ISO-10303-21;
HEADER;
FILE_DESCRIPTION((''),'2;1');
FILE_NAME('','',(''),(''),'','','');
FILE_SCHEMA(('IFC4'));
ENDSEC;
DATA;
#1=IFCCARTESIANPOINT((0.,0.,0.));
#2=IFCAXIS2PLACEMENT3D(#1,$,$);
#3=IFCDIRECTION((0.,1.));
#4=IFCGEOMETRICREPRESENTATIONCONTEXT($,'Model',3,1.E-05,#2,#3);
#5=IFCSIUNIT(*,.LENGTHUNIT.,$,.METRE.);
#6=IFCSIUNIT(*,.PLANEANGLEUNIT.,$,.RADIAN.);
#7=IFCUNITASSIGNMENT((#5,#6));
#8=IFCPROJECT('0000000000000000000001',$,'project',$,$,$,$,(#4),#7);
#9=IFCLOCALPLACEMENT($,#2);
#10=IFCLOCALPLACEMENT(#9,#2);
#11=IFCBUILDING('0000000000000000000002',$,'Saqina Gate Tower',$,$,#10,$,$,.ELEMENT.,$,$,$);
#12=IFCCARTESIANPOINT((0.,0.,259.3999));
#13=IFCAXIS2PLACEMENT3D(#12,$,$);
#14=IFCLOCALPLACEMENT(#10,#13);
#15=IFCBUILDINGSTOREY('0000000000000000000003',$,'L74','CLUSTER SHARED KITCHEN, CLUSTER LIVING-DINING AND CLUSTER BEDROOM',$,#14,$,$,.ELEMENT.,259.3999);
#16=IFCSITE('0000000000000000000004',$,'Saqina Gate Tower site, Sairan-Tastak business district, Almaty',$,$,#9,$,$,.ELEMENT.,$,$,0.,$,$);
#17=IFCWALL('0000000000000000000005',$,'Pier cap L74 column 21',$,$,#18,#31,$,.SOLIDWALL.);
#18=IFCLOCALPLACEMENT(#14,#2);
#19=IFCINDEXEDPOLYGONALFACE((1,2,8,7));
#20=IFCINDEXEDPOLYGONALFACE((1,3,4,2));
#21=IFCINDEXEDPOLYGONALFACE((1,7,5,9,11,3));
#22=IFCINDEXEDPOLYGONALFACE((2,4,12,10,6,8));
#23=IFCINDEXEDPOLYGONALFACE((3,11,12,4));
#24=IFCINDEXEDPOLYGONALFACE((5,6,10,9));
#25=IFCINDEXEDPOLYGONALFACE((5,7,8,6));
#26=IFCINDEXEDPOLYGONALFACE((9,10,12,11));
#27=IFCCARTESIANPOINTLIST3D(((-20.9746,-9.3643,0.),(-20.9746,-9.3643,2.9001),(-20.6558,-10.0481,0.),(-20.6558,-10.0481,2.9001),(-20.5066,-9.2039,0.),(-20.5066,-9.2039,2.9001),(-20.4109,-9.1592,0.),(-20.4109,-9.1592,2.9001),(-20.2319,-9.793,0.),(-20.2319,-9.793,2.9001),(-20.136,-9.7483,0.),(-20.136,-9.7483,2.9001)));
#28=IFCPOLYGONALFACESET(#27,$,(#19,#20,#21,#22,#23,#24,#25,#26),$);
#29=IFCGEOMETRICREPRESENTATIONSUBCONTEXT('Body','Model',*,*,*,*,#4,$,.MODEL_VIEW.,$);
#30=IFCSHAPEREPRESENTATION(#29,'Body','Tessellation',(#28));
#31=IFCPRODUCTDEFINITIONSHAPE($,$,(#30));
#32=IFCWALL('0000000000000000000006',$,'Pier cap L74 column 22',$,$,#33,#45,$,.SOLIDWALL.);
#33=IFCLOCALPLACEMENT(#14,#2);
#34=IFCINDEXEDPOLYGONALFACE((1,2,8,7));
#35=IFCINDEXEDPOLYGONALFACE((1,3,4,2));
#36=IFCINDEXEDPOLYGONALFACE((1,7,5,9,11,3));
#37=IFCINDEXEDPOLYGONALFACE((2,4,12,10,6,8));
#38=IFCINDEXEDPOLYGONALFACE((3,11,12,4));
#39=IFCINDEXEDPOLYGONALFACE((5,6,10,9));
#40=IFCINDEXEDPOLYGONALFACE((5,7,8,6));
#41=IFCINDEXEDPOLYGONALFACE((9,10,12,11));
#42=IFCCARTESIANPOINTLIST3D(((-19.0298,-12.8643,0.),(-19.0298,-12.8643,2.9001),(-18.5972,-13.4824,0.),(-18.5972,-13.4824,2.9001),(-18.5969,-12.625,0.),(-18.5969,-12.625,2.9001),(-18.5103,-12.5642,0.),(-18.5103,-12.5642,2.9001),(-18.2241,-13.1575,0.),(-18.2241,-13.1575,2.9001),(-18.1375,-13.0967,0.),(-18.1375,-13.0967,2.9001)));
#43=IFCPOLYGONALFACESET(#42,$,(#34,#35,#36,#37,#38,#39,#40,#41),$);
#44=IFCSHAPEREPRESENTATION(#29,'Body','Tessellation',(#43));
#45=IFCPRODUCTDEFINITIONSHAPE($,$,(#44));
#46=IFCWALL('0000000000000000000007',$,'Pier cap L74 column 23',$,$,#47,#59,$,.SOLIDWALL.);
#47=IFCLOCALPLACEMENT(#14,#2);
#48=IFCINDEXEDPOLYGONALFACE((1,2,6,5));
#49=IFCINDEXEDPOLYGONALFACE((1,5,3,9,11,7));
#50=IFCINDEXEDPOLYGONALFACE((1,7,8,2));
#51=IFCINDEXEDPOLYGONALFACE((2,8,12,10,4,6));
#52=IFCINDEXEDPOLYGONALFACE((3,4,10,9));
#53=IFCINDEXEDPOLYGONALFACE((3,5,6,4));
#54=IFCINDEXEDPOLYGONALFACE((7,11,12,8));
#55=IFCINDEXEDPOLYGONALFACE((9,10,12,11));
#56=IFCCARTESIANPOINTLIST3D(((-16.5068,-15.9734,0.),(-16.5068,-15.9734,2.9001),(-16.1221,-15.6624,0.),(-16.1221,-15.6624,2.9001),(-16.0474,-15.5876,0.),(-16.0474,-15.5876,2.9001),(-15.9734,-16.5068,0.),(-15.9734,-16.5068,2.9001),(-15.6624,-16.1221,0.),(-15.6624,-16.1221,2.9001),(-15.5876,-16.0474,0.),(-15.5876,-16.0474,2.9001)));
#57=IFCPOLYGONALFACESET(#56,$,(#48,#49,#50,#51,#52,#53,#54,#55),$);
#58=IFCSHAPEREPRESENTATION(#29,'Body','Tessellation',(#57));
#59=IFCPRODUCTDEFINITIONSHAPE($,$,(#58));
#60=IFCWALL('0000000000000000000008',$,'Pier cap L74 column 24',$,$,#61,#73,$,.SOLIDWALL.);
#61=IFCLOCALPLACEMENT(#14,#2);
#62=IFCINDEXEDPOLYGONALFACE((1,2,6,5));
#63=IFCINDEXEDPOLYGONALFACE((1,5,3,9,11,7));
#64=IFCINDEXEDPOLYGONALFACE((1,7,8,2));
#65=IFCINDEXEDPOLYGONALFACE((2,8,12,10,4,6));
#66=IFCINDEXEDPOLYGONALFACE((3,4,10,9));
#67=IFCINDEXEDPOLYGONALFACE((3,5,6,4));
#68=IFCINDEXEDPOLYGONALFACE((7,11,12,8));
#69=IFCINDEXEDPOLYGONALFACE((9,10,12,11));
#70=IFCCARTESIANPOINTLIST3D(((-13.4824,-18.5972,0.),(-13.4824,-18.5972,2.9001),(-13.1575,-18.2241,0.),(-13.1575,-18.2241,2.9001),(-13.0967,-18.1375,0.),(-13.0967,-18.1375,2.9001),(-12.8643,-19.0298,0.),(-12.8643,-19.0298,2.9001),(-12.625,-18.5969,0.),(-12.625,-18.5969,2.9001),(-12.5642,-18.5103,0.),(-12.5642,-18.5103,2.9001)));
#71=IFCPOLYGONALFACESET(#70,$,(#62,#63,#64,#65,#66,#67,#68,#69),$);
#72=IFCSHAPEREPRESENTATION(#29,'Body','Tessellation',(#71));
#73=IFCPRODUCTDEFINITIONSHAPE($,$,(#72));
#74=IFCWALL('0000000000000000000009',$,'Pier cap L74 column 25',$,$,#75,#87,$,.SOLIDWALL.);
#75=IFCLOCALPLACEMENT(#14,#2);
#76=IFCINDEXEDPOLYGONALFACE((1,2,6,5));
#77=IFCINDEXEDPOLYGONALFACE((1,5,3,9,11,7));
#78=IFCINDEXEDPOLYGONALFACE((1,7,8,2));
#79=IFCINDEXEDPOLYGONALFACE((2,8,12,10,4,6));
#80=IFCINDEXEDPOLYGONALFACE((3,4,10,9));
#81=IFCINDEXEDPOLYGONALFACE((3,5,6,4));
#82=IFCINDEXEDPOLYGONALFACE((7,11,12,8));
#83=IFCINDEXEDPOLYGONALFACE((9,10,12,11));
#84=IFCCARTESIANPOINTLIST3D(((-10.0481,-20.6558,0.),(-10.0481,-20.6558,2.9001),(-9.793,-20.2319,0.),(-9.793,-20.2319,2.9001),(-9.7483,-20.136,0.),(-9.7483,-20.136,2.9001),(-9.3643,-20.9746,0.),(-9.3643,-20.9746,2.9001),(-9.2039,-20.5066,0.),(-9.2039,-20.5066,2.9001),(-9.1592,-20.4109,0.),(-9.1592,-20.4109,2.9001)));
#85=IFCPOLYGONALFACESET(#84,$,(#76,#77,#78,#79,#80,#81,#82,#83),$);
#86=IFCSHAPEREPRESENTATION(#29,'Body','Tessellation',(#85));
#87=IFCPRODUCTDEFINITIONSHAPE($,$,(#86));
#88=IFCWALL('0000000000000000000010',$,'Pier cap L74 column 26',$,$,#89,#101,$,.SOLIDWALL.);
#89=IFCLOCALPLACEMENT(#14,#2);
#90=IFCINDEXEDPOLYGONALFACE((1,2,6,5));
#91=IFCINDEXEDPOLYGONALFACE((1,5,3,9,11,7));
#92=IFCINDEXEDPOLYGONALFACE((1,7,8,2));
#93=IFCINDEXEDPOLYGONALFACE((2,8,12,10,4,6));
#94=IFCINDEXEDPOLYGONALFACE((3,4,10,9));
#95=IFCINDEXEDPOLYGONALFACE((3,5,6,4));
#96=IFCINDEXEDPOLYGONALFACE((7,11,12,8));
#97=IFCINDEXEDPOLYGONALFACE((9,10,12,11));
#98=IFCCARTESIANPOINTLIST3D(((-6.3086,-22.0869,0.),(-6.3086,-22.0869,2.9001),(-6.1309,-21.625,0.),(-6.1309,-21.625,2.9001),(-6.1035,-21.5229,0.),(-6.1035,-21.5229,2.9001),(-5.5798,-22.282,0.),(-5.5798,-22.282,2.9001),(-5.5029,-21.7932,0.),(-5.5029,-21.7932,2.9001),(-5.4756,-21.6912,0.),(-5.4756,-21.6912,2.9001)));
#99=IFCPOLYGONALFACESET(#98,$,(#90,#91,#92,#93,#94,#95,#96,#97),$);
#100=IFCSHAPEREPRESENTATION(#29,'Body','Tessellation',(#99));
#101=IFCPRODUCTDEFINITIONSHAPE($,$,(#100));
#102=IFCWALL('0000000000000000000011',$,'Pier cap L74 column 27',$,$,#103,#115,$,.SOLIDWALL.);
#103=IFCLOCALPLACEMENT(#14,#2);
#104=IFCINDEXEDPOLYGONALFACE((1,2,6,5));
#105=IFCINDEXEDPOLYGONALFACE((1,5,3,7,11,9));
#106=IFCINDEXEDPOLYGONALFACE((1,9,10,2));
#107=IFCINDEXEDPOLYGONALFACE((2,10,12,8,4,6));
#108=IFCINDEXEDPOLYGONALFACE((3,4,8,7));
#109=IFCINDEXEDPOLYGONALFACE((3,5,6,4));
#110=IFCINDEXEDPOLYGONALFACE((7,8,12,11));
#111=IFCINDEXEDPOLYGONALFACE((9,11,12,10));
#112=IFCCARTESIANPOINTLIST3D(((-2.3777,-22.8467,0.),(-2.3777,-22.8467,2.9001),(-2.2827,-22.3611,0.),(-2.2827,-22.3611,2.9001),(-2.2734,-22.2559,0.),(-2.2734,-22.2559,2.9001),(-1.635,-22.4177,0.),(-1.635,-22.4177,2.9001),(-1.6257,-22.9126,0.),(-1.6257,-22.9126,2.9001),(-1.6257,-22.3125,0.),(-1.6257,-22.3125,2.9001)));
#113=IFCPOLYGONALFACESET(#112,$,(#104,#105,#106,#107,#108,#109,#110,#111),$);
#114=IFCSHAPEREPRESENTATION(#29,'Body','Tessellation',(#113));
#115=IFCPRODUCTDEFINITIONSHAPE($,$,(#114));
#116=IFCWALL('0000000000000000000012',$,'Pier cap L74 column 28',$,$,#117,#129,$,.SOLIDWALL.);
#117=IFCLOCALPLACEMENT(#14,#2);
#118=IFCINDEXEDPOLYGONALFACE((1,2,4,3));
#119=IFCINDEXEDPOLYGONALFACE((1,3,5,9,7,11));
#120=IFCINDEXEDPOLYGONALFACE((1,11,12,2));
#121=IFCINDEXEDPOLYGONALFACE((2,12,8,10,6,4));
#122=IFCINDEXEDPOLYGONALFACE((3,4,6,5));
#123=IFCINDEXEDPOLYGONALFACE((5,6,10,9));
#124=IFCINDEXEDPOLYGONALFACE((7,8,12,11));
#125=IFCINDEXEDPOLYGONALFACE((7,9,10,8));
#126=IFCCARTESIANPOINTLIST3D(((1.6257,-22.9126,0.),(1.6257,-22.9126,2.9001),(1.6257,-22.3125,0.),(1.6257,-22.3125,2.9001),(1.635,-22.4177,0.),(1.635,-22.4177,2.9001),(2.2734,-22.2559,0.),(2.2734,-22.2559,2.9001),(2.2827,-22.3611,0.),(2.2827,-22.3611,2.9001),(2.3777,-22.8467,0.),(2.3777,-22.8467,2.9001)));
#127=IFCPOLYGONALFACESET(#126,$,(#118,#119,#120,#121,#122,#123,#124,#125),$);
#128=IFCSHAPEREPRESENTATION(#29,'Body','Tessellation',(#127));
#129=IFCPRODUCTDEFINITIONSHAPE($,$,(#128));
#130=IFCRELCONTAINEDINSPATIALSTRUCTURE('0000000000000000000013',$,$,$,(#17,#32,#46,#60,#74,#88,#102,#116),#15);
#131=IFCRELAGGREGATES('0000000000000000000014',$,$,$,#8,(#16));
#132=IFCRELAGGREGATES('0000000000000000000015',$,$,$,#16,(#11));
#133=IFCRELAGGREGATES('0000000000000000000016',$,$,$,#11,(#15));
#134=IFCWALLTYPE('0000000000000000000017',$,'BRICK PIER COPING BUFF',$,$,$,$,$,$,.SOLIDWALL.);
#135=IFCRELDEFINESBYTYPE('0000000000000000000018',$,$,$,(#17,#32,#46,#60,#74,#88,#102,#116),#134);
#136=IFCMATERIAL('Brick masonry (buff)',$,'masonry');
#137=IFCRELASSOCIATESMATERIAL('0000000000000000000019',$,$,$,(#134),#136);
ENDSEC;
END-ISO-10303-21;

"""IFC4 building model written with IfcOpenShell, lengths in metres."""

from ifc_helpers import new_model, si_unit, direction, frame, origin, place, context, subcontext, project, spatial, polyline, outline, extrude, material, type_object, element, save


model = new_model("IFC4")

# Units and contexts
model_context = context("Model", 3, precision=1e-05, world=origin(), true_north=direction((0.0, 1.0)))
body_context = subcontext(model_context, "Body", "Model", "MODEL_VIEW")
ifc_project = project(units=[si_unit("LENGTHUNIT", "METRE"), si_unit("PLANEANGLEUNIT", "RADIAN")], contexts=[model_context])

# Site, building, storey
site_placement = place(None, origin())
site = spatial("IfcSite", under=ifc_project, at=site_placement, Name="Saqina Gate Tower site, Sairan-Tastak business district, Almaty", CompositionType="ELEMENT", RefElevation=0.0)
building_placement = place(site_placement, origin())
building = spatial("IfcBuilding", under=site, at=building_placement, Name="Saqina Gate Tower", CompositionType="ELEMENT")
storey_placement = place(building_placement, frame((0.0, 0.0, 259.3999)))
storey = spatial("IfcBuildingStorey", under=building, at=storey_placement, Name="L74", Description="CLUSTER SHARED KITCHEN, CLUSTER LIVING-DINING AND CLUSTER BEDROOM", CompositionType="ELEMENT", Elevation=259.3999)

# Walls
ifc_material = material(Name="Brick masonry (buff)", Category="masonry")
wall_type = type_object("IfcWallType", Name="BRICK PIER COPING BUFF", PredefinedType="SOLIDWALL", material=ifc_material)
wall_1_placement = place(storey_placement, origin())
element("IfcWall", 1, at=wall_1_placement, inside=storey, type_object=wall_type, Name="Pier cap L74 column 21", PredefinedType="SOLIDWALL", context=body_context, shape_type="SweptSolid", body=[
    extrude(outline(polyline([(-20.9746, -9.3643), (-20.6558, -10.0481), (-20.136, -9.7483), (-20.2319, -9.793), (-20.5066, -9.2039), (-20.4109, -9.1592), (-20.9746, -9.3643)])), origin(), (0.0, 0.0, 1.0), 2.9001),
])
wall_2_placement = place(storey_placement, origin())
element("IfcWall", 2, at=wall_2_placement, inside=storey, type_object=wall_type, Name="Pier cap L74 column 22", PredefinedType="SOLIDWALL", context=body_context, shape_type="SweptSolid", body=[
    extrude(outline(polyline([(-19.0298, -12.8643), (-18.5972, -13.4824), (-18.1375, -13.0967), (-18.2241, -13.1575), (-18.5969, -12.625), (-18.5103, -12.5642), (-19.0298, -12.8643)])), origin(), (0.0, 0.0, 1.0), 2.9001),
])
wall_3_placement = place(storey_placement, origin())
element("IfcWall", 3, at=wall_3_placement, inside=storey, type_object=wall_type, Name="Pier cap L74 column 23", PredefinedType="SOLIDWALL", context=body_context, shape_type="SweptSolid", body=[
    extrude(outline(polyline([(-15.9734, -16.5068), (-15.5876, -16.0474), (-15.6624, -16.1221), (-16.1221, -15.6624), (-16.0474, -15.5876), (-16.5068, -15.9734), (-15.9734, -16.5068)])), origin(), (0.0, 0.0, 1.0), 2.9001),
])
wall_4_placement = place(storey_placement, origin())
element("IfcWall", 4, at=wall_4_placement, inside=storey, type_object=wall_type, Name="Pier cap L74 column 24", PredefinedType="SOLIDWALL", context=body_context, shape_type="SweptSolid", body=[
    extrude(outline(polyline([(-12.8643, -19.0298), (-12.5642, -18.5103), (-12.625, -18.5969), (-13.1575, -18.2241), (-13.0967, -18.1375), (-13.4824, -18.5972), (-12.8643, -19.0298)])), origin(), (0.0, 0.0, 1.0), 2.9001),
])
wall_5_placement = place(storey_placement, origin())
element("IfcWall", 5, at=wall_5_placement, inside=storey, type_object=wall_type, Name="Pier cap L74 column 25", PredefinedType="SOLIDWALL", context=body_context, shape_type="SweptSolid", body=[
    extrude(outline(polyline([(-10.0481, -20.6558), (-9.3643, -20.9746), (-9.1592, -20.4109), (-9.2039, -20.5066), (-9.793, -20.2319), (-9.7483, -20.136), (-10.0481, -20.6558)])), origin(), (0.0, 0.0, 1.0), 2.9001),
])
wall_6_placement = place(storey_placement, origin())
element("IfcWall", 6, at=wall_6_placement, inside=storey, type_object=wall_type, Name="Pier cap L74 column 26", PredefinedType="SOLIDWALL", context=body_context, shape_type="SweptSolid", body=[
    extrude(outline(polyline([(-5.5798, -22.282), (-5.4756, -21.6912), (-5.5029, -21.7932), (-6.1309, -21.625), (-6.1035, -21.5229), (-6.3086, -22.0869), (-5.5798, -22.282)])), origin(), (0.0, 0.0, 1.0), 2.9001),
])
wall_7_placement = place(storey_placement, origin())
element("IfcWall", 7, at=wall_7_placement, inside=storey, type_object=wall_type, Name="Pier cap L74 column 27", PredefinedType="SOLIDWALL", context=body_context, shape_type="SweptSolid", body=[
    extrude(outline(polyline([(-2.3777, -22.8467), (-1.6257, -22.9126), (-1.6257, -22.3125), (-1.635, -22.4177), (-2.2827, -22.3611), (-2.2734, -22.2559), (-2.3777, -22.8467)])), origin(), (0.0, 0.0, 1.0), 2.9001),
])
wall_8_placement = place(storey_placement, origin())
element("IfcWall", 8, at=wall_8_placement, inside=storey, type_object=wall_type, Name="Pier cap L74 column 28", PredefinedType="SOLIDWALL", context=body_context, shape_type="SweptSolid", body=[
    extrude(outline(polyline([(1.6257, -22.9126), (2.3777, -22.8467), (2.2734, -22.2559), (2.2827, -22.3611), (1.635, -22.4177), (1.6257, -22.3125), (1.6257, -22.9126)])), origin(), (0.0, 0.0, 1.0), 2.9001),
])

save(model, "model.ifc")
